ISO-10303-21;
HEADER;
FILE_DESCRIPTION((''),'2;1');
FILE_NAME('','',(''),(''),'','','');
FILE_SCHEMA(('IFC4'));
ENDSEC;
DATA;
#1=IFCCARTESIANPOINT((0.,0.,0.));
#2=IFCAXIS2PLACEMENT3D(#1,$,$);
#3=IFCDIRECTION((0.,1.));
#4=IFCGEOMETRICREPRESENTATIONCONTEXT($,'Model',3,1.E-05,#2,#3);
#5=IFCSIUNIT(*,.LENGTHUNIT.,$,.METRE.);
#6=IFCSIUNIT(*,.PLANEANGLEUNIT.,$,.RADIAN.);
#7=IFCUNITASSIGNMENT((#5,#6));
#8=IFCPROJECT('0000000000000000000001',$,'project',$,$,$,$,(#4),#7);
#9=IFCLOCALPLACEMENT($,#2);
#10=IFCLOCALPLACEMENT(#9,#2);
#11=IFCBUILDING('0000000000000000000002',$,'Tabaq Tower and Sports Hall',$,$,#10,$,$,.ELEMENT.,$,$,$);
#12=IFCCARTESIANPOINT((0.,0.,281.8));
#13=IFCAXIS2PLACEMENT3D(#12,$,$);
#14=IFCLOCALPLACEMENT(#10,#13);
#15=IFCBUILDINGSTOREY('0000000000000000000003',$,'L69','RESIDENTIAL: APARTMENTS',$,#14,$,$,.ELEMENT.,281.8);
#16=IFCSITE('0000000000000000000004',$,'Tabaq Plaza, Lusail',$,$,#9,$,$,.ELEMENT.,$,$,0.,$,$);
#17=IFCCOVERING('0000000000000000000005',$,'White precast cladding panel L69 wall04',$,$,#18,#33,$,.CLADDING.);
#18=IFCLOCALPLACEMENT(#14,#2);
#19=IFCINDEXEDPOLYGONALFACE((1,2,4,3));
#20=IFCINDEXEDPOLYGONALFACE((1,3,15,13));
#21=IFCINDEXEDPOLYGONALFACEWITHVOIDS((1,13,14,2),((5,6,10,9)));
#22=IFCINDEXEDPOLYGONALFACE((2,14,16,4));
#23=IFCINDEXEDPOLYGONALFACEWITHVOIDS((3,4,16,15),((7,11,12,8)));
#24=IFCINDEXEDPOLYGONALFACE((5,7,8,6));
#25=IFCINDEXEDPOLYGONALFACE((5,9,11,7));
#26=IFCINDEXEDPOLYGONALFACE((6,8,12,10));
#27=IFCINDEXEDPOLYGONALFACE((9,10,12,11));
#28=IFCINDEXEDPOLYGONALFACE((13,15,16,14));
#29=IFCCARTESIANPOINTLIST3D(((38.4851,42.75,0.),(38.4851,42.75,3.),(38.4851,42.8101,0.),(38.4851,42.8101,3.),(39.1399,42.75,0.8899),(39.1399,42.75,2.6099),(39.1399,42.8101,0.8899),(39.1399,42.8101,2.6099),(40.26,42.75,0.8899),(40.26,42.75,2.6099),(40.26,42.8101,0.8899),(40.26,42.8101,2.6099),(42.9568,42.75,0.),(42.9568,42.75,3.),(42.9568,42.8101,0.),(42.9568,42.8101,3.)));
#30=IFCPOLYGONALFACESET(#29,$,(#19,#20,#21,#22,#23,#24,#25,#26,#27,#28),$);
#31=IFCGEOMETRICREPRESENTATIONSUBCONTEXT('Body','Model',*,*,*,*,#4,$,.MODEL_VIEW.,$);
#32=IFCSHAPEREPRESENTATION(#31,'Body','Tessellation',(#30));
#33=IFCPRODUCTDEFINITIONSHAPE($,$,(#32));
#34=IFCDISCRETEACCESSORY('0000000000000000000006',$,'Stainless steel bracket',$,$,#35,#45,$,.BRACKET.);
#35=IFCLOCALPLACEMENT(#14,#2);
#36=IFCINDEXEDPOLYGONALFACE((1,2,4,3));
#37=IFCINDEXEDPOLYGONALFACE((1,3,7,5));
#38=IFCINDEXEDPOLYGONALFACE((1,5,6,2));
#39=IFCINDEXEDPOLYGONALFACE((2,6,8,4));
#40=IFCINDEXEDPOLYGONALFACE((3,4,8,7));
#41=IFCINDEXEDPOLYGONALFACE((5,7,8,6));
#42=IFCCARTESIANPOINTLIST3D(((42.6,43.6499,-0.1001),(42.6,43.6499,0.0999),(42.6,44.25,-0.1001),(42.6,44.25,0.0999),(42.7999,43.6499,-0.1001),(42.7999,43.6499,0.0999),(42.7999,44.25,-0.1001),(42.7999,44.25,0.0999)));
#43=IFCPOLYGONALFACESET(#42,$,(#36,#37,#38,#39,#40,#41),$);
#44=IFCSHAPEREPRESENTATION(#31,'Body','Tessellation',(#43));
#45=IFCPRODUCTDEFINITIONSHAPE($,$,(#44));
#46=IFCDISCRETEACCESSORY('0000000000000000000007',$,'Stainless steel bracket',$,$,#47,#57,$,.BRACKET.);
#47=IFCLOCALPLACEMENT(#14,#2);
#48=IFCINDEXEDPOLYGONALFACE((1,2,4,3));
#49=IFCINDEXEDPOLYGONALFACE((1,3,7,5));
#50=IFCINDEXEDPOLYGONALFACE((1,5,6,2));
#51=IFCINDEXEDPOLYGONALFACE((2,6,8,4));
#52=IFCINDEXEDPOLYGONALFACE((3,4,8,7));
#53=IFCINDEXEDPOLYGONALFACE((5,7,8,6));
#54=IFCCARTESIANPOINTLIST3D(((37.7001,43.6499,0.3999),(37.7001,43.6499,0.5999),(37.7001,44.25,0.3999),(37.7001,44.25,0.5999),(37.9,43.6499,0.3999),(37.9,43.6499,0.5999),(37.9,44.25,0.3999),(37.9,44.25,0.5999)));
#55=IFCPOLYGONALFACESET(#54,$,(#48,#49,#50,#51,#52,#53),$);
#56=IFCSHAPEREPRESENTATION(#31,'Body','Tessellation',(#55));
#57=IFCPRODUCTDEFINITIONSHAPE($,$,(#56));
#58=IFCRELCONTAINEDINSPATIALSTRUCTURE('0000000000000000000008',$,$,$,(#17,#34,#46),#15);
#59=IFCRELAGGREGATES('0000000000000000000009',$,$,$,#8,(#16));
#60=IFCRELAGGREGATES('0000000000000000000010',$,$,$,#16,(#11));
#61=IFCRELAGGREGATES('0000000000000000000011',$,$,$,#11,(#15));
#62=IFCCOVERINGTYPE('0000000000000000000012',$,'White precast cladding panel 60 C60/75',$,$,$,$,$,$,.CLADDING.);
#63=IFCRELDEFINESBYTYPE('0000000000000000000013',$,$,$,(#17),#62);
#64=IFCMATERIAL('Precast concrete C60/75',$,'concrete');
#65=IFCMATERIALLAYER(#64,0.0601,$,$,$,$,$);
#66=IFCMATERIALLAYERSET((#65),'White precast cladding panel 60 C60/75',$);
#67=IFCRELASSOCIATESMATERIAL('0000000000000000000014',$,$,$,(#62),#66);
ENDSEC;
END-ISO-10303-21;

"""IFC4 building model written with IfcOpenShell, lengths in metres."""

from ifc_helpers import new_model, si_unit, direction, frame, origin, origin_2d, place, context, subcontext, project, spatial, polyline, rectangle, outline, extrude, material, layer, layer_set, type_object, element, save


model = new_model("IFC4")

# Units and contexts
model_context = context("Model", 3, precision=1e-05, world=origin(), true_north=direction((0.0, 1.0)))
body_context = subcontext(model_context, "Body", "Model", "MODEL_VIEW")
ifc_project = project(units=[si_unit("LENGTHUNIT", "METRE"), si_unit("PLANEANGLEUNIT", "RADIAN")], contexts=[model_context])

# Site, building, storey
site_placement = place(None, origin())
site = spatial("IfcSite", under=ifc_project, at=site_placement, Name="Tabaq Plaza, Lusail", CompositionType="ELEMENT", RefElevation=0.0)
building_placement = place(site_placement, origin())
building = spatial("IfcBuilding", under=site, at=building_placement, Name="Tabaq Tower and Sports Hall", CompositionType="ELEMENT")
storey_placement = place(building_placement, frame((0.0, 0.0, 281.8)))
storey = spatial("IfcBuildingStorey", under=building, at=storey_placement, Name="L69", Description="RESIDENTIAL: APARTMENTS", CompositionType="ELEMENT", Elevation=281.8)

# Covering
ifc_material_1 = material(Name="Precast concrete C60/75", Category="concrete")
ifc_layer_1 = layer(ifc_material_1, 0.0601)
ifc_layer_set_1 = layer_set([ifc_layer_1], Name="White precast cladding panel 60 C60/75")
covering_type = type_object("IfcCoveringType", Name="White precast cladding panel 60 C60/75", PredefinedType="CLADDING", material=ifc_layer_set_1)
covering_placement = place(storey_placement, frame((42.9568, 42.78, 0.0), z_axis=(0.0, 0.0, 1.0), x_axis=(-1.0, 0.0, 0.0)))
element("IfcCovering", 1, at=covering_placement, inside=storey, type_object=covering_type, Name="White precast cladding panel L69 wall04", PredefinedType="CLADDING", context=body_context, shape_type="SweptSolid", body=[
    extrude(outline(polyline([(0.0, 0.0), (4.4717, 0.0), (4.4717, 3.0), (0.0, 3.0), (0.0, 0.0)]), holes=[polyline([(2.6968, 0.8899), (2.6968, 2.6099), (3.8169, 2.6099), (3.8169, 0.8899), (2.6968, 0.8899)])]), frame((0.0, 0.03, 0.0), z_axis=(0.0, -1.0, 0.0), x_axis=(1.0, 0.0, 0.0)), (0.0, 0.0, 1.0), 0.0601),
])

# Discrete accessories
for number, where, z_axis, x_axis, name in (
    (2, (42.7, 43.95, -0.1001), (0.0, 0.0, 1.0), (0.0, 1.0, 0.0), "Stainless steel bracket"),
    (3, (37.8, 43.95, 0.3999), (0.0, 0.0, 1.0), (0.0, 1.0, 0.0), "Stainless steel bracket"),
):
    element("IfcDiscreteAccessory", number, at=place(storey_placement, frame(where, z_axis=z_axis, x_axis=x_axis)), inside=storey, Name=name, PredefinedType="BRACKET", context=body_context, shape_type="SweptSolid", body=[
        extrude(rectangle(XDim=0.6001, YDim=0.2, at=origin_2d()), origin(), (0.0, 0.0, 1.0), 0.2),
    ])

save(model, "model.ifc")
